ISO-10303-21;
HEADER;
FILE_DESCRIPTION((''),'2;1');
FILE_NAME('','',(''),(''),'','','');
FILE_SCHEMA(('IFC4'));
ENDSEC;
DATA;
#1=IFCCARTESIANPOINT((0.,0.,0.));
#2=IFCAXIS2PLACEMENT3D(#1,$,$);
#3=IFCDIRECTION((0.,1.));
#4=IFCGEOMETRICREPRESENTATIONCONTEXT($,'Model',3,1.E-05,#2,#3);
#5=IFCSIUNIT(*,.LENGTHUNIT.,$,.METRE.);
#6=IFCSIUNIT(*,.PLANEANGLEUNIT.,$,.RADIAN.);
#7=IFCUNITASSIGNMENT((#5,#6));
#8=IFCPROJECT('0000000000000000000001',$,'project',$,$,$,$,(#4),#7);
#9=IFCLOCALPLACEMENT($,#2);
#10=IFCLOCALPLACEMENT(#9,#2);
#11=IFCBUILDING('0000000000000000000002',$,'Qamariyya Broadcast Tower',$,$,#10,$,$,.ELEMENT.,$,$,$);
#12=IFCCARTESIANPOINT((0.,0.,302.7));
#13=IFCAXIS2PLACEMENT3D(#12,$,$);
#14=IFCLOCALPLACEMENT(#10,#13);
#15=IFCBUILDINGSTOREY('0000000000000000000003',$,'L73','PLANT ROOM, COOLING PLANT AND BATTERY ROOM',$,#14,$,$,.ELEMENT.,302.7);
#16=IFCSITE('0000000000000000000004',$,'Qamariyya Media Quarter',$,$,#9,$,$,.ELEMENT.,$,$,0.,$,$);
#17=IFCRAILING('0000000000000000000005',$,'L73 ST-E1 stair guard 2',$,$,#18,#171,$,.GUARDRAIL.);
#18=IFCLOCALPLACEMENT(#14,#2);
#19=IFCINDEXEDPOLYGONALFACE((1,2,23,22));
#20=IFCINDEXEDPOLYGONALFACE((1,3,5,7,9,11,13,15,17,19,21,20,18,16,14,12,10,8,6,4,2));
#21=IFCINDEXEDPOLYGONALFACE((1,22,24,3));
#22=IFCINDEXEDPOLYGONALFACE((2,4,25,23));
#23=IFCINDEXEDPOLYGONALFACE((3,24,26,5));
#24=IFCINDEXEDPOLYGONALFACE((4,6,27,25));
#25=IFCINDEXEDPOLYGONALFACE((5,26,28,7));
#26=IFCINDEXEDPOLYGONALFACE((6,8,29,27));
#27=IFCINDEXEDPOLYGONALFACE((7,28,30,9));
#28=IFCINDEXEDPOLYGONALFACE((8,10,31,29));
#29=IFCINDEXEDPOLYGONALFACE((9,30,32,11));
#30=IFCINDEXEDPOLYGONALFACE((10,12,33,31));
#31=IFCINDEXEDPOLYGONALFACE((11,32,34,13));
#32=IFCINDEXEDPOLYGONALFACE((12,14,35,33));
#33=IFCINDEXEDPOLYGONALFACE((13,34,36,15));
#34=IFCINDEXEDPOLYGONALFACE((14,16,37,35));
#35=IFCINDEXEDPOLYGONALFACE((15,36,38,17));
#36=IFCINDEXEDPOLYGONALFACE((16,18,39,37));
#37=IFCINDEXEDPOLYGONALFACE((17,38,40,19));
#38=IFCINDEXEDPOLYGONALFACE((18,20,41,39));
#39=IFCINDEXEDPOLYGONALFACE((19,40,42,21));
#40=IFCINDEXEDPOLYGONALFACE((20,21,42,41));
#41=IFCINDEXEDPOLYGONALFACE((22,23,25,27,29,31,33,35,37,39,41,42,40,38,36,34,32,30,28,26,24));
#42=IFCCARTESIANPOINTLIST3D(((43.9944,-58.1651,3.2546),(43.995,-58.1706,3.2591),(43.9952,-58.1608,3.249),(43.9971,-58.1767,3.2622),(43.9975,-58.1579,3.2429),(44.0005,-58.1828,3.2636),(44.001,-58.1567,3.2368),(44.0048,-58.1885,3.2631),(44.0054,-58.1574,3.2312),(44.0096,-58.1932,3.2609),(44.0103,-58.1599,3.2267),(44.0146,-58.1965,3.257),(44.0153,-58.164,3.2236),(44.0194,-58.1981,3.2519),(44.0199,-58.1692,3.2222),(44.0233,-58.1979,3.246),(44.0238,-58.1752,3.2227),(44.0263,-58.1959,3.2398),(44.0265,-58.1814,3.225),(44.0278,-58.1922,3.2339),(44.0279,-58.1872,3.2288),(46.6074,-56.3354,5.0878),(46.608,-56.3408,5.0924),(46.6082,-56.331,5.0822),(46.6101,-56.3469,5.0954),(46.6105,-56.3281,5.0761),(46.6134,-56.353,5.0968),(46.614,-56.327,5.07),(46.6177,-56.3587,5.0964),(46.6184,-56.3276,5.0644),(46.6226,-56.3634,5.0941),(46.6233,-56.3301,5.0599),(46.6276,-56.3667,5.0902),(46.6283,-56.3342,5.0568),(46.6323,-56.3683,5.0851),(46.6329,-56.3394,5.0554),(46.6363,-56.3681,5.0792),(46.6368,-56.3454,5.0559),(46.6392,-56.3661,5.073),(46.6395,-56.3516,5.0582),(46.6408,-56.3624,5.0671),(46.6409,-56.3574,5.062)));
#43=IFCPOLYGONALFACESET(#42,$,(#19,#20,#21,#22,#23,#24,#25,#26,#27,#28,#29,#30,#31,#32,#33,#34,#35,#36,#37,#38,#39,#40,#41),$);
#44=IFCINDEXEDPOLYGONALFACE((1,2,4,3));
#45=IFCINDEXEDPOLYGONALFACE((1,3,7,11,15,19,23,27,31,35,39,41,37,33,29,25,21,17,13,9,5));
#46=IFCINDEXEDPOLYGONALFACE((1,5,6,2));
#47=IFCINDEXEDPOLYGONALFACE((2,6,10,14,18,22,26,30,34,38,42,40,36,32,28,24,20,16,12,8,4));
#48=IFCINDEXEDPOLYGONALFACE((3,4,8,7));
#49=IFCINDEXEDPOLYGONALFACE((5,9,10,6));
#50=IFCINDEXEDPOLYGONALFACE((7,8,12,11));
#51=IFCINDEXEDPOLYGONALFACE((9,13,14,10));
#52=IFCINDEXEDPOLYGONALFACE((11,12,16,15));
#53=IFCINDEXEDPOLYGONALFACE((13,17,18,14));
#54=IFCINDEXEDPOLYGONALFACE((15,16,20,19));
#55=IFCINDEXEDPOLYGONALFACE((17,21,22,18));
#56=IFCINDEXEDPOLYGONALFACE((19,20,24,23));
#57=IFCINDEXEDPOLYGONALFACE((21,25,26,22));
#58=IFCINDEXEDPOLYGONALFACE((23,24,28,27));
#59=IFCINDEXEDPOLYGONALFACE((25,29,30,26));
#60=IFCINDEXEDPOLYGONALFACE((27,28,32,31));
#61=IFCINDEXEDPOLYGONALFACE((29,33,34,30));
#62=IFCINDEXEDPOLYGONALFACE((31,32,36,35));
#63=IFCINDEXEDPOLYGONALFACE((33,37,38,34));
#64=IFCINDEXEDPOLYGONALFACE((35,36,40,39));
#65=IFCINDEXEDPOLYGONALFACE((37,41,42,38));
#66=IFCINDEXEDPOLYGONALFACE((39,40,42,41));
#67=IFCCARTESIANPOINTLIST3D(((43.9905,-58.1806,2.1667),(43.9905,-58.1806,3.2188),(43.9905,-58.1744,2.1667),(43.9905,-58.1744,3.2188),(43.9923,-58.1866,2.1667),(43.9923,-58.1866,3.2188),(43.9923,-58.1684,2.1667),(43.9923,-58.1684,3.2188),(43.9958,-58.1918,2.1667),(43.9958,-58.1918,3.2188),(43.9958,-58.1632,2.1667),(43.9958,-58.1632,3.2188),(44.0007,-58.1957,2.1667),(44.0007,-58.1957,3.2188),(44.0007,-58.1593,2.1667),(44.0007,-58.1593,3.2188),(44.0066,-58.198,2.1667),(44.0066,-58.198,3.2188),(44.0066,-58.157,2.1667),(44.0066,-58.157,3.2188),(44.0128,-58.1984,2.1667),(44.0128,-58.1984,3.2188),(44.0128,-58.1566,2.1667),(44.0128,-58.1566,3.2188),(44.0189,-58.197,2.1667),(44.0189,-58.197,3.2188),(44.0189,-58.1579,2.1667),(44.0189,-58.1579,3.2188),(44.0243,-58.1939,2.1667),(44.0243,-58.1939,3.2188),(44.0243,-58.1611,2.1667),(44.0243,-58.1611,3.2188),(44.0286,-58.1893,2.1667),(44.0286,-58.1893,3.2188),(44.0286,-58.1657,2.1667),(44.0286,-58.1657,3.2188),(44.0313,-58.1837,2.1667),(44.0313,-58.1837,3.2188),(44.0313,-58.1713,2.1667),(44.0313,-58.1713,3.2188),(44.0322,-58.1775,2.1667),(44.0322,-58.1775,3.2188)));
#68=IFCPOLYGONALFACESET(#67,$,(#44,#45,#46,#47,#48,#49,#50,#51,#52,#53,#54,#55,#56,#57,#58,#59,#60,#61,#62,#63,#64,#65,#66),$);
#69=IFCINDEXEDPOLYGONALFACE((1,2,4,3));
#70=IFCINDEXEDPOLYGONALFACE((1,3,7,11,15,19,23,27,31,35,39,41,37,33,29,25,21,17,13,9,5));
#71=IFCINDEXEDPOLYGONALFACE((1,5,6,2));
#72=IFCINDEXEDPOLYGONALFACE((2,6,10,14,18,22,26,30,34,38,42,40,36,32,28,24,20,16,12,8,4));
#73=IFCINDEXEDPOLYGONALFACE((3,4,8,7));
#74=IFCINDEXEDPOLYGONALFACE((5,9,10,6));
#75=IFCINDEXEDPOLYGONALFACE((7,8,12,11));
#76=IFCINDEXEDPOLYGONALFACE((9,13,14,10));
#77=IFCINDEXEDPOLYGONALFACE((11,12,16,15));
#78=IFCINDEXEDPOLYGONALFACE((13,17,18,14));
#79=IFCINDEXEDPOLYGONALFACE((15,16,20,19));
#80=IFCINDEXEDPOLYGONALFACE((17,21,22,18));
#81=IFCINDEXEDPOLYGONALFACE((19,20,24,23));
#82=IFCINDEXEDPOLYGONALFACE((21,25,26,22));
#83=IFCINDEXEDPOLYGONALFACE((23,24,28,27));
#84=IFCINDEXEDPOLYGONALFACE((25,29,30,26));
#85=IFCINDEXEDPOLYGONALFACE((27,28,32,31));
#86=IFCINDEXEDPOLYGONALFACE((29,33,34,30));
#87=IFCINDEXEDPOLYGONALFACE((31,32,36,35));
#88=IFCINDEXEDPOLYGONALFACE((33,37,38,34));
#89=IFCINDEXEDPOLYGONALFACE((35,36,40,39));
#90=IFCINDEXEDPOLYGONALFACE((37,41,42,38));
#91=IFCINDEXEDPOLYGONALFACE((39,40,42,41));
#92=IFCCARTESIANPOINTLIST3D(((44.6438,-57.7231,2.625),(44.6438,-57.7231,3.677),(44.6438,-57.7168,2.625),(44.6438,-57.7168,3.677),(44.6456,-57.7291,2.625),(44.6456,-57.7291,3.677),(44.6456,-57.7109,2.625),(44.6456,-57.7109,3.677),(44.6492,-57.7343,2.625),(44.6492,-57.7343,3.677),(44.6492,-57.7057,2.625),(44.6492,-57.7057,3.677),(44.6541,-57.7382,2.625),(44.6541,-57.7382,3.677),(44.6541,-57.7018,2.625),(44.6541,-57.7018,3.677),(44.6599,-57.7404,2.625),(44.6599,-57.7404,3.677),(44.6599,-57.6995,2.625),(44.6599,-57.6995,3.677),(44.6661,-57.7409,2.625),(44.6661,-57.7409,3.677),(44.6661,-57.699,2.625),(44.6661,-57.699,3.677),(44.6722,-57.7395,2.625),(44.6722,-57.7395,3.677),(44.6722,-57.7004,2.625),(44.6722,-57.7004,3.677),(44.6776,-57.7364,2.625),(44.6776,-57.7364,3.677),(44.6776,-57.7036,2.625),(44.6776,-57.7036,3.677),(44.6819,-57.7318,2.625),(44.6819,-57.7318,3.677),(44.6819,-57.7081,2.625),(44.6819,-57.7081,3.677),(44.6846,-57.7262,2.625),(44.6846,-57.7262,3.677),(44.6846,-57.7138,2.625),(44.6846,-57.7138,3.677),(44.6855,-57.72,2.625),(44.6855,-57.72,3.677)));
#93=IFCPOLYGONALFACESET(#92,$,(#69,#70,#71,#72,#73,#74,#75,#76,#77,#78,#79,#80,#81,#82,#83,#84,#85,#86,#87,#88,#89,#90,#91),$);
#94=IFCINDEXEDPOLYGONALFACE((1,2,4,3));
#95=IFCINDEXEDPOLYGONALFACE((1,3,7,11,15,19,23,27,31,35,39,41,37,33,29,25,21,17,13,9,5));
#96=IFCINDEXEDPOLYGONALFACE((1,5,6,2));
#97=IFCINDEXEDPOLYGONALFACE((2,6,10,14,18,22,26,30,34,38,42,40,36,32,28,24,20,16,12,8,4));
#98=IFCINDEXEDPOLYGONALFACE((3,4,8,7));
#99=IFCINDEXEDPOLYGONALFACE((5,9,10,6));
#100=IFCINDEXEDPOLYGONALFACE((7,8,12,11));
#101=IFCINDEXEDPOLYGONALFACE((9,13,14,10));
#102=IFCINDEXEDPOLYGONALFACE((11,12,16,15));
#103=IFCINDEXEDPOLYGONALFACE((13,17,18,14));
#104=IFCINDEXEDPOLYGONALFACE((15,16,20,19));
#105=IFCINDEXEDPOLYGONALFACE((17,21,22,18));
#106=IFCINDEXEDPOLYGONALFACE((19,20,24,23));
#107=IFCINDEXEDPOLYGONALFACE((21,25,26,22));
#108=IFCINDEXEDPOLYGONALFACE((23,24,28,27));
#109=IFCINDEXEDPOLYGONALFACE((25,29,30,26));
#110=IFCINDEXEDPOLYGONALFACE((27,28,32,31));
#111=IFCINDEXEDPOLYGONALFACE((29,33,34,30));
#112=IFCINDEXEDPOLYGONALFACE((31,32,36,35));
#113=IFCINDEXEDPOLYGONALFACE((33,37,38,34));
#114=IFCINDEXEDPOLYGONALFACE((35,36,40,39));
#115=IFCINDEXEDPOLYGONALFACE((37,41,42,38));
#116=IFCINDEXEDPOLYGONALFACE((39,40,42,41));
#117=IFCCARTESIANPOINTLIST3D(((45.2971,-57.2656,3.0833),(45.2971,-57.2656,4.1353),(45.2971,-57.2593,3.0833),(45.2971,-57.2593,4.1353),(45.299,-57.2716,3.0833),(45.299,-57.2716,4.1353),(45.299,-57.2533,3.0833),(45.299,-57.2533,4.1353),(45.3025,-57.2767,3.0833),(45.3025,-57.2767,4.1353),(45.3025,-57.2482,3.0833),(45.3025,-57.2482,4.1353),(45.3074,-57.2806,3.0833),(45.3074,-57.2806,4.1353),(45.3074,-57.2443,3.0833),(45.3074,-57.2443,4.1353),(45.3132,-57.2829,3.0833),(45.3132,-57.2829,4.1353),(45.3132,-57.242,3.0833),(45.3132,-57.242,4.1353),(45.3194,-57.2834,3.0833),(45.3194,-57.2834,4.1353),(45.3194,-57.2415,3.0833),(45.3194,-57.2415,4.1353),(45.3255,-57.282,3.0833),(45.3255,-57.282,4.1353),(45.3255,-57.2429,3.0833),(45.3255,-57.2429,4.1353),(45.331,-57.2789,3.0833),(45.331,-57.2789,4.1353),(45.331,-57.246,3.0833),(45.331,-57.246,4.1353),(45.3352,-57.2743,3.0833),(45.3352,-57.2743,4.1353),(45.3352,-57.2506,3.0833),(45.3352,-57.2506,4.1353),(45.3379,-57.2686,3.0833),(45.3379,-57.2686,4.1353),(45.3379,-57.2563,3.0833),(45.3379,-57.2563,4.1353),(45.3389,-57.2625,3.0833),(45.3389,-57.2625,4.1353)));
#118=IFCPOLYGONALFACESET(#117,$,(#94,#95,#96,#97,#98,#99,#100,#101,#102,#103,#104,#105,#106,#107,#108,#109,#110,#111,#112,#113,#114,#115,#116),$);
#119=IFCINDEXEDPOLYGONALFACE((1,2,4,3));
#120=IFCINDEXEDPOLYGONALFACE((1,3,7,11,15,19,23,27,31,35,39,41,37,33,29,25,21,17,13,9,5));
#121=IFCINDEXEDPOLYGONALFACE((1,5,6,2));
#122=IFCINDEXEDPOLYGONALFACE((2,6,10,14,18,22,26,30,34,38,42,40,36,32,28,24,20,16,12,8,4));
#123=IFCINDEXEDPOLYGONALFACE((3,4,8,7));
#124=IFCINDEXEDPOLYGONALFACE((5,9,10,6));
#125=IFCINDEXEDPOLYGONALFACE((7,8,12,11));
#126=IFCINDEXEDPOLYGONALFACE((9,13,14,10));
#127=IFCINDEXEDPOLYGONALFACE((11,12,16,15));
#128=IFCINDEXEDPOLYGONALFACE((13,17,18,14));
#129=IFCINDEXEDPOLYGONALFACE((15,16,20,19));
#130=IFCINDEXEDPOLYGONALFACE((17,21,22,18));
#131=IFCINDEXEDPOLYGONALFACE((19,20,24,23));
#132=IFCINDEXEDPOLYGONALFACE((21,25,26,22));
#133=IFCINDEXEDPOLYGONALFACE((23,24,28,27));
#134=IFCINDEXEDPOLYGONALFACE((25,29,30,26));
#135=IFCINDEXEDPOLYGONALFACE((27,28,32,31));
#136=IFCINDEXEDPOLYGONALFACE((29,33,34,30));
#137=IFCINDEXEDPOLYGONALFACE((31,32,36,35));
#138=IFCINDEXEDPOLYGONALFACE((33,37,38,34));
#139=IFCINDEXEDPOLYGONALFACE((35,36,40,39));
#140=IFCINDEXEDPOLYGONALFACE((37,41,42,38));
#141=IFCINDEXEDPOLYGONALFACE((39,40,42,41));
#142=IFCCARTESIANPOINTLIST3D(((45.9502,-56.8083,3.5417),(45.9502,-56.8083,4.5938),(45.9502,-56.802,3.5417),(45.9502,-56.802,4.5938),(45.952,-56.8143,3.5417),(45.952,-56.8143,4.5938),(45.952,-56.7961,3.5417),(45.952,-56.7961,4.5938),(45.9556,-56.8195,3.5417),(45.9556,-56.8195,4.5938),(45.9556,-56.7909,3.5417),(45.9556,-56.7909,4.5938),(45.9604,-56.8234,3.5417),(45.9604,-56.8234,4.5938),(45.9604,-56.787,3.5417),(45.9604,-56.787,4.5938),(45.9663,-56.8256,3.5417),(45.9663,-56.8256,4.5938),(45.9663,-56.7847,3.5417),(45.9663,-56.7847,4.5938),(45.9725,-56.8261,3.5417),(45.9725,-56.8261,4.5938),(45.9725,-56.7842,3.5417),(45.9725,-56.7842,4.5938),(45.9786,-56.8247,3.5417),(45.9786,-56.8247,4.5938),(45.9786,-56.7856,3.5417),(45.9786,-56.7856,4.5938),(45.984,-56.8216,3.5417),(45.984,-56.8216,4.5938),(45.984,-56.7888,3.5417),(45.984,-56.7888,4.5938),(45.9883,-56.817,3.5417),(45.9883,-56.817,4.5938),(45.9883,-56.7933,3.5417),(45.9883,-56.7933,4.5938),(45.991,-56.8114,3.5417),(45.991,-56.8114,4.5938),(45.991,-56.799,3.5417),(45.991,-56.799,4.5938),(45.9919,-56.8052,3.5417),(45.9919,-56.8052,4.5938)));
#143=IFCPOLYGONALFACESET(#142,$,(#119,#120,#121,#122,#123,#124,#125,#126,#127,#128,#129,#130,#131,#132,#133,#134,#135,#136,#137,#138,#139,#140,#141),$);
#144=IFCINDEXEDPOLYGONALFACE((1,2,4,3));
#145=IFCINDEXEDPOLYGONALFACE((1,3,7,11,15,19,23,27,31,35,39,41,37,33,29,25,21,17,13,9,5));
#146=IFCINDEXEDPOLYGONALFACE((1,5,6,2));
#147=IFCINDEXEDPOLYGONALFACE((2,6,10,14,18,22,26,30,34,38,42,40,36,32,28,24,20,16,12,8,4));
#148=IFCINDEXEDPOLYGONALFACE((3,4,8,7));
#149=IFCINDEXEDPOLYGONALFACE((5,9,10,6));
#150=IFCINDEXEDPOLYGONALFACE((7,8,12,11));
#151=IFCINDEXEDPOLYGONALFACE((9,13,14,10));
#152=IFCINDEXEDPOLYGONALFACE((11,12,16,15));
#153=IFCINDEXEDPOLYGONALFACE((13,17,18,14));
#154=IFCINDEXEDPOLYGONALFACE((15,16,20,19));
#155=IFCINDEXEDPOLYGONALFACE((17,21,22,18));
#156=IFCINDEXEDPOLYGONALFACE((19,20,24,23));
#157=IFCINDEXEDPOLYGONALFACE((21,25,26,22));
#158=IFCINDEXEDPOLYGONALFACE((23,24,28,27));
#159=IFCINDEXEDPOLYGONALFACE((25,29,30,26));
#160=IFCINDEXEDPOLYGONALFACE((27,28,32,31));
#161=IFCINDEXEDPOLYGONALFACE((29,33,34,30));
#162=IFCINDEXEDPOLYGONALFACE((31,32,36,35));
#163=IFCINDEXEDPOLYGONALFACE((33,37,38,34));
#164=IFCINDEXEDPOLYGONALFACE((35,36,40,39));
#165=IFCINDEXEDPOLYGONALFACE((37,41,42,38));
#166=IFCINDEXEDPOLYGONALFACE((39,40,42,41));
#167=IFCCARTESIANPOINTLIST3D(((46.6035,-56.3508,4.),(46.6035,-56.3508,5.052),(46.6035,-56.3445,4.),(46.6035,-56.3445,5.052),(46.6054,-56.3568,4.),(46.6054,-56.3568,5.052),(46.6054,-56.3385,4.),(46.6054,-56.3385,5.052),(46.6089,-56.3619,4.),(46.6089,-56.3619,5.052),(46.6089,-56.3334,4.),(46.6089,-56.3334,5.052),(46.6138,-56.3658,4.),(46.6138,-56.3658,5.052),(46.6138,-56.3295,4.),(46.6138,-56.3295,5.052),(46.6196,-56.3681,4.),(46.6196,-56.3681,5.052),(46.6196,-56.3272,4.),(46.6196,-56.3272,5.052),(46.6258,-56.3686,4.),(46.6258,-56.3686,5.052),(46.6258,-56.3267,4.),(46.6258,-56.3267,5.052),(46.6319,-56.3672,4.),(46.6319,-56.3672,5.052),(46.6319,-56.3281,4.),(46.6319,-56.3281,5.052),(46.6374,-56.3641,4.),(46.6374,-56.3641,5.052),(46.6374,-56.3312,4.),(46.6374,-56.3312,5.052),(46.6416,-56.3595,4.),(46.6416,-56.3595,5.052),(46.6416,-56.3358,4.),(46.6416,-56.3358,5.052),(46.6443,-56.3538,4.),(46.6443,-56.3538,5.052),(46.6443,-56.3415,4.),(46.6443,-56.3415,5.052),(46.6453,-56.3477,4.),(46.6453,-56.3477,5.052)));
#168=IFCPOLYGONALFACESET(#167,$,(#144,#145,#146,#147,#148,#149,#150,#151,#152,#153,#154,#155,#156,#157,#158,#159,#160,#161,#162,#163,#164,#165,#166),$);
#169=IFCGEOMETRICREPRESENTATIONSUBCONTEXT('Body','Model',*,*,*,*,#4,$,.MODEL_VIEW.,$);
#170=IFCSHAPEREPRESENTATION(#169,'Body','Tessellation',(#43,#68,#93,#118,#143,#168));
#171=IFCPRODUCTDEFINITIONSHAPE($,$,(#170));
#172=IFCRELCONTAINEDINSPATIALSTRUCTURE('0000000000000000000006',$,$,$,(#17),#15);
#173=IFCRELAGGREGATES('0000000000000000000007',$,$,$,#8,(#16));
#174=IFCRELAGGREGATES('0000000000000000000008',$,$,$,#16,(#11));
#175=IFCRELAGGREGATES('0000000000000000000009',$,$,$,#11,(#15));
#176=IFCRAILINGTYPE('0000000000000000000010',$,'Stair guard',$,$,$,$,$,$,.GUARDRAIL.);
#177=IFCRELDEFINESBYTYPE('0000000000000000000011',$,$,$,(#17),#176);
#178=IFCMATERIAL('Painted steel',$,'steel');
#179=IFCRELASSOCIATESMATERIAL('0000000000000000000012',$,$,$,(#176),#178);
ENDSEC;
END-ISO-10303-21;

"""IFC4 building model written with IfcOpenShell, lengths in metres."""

from ifc_helpers import new_model, si_unit, direction, frame, origin, origin_2d, place, context, subcontext, project, spatial, circle, extrude, material, type_object, element, save


model = new_model("IFC4")

# Units and contexts
model_context = context("Model", 3, precision=1e-05, world=origin(), true_north=direction((0.0, 1.0)))
body_context = subcontext(model_context, "Body", "Model", "MODEL_VIEW")
ifc_project = project(units=[si_unit("LENGTHUNIT", "METRE"), si_unit("PLANEANGLEUNIT", "RADIAN")], contexts=[model_context])

# Site, building, storey
site_placement = place(None, origin())
site = spatial("IfcSite", under=ifc_project, at=site_placement, Name="Qamariyya Media Quarter", CompositionType="ELEMENT", RefElevation=0.0)
building_placement = place(site_placement, origin())
building = spatial("IfcBuilding", under=site, at=building_placement, Name="Qamariyya Broadcast Tower", CompositionType="ELEMENT")
storey_placement = place(building_placement, frame((0.0, 0.0, 302.7)))
storey = spatial("IfcBuildingStorey", under=building, at=storey_placement, Name="L73", Description="PLANT ROOM, COOLING PLANT AND BATTERY ROOM", CompositionType="ELEMENT", Elevation=302.7)

# Railing
ifc_material_1 = material(Name="Painted steel", Category="steel")
railing_type_1 = type_object("IfcRailingType", Name="Stair guard", PredefinedType="GUARDRAIL", material=ifc_material_1)
railing_1_placement = place(storey_placement, frame((44.0112, -58.1775, 2.1667)))
element("IfcRailing", 1, at=railing_1_placement, inside=storey, type_object=railing_type_1, Name="L73 ST-E1 stair guard 2", PredefinedType="GUARDRAIL", context=body_context, shape_type="SweptSolid", body=[
    extrude(circle(Radius=0.0239, at=origin_2d()), frame((0.0, 0.0, 1.0762), z_axis=(0.710204, 0.497335, 0.498264), x_axis=(-0.573611, 0.819128, 0.0)), (0.0, 0.0, 1.0), 3.6792),
    extrude(circle(Radius=0.021, at=origin_2d()), origin(), (0.0, 0.0, 1.0), 1.052),
    extrude(circle(Radius=0.021, at=origin_2d()), frame((0.6533, 0.4575, 0.4583)), (0.0, 0.0, 1.0), 1.052),
    extrude(circle(Radius=0.021, at=origin_2d()), frame((1.3066, 0.915, 0.9165)), (0.0, 0.0, 1.0), 1.052),
    extrude(circle(Radius=0.021, at=origin_2d()), frame((1.9597, 1.3723, 1.375)), (0.0, 0.0, 1.0), 1.052),
    extrude(circle(Radius=0.021, at=origin_2d()), frame((2.613, 1.8298, 1.8333)), (0.0, 0.0, 1.0), 1.052),
])

save(model, "model.ifc")
